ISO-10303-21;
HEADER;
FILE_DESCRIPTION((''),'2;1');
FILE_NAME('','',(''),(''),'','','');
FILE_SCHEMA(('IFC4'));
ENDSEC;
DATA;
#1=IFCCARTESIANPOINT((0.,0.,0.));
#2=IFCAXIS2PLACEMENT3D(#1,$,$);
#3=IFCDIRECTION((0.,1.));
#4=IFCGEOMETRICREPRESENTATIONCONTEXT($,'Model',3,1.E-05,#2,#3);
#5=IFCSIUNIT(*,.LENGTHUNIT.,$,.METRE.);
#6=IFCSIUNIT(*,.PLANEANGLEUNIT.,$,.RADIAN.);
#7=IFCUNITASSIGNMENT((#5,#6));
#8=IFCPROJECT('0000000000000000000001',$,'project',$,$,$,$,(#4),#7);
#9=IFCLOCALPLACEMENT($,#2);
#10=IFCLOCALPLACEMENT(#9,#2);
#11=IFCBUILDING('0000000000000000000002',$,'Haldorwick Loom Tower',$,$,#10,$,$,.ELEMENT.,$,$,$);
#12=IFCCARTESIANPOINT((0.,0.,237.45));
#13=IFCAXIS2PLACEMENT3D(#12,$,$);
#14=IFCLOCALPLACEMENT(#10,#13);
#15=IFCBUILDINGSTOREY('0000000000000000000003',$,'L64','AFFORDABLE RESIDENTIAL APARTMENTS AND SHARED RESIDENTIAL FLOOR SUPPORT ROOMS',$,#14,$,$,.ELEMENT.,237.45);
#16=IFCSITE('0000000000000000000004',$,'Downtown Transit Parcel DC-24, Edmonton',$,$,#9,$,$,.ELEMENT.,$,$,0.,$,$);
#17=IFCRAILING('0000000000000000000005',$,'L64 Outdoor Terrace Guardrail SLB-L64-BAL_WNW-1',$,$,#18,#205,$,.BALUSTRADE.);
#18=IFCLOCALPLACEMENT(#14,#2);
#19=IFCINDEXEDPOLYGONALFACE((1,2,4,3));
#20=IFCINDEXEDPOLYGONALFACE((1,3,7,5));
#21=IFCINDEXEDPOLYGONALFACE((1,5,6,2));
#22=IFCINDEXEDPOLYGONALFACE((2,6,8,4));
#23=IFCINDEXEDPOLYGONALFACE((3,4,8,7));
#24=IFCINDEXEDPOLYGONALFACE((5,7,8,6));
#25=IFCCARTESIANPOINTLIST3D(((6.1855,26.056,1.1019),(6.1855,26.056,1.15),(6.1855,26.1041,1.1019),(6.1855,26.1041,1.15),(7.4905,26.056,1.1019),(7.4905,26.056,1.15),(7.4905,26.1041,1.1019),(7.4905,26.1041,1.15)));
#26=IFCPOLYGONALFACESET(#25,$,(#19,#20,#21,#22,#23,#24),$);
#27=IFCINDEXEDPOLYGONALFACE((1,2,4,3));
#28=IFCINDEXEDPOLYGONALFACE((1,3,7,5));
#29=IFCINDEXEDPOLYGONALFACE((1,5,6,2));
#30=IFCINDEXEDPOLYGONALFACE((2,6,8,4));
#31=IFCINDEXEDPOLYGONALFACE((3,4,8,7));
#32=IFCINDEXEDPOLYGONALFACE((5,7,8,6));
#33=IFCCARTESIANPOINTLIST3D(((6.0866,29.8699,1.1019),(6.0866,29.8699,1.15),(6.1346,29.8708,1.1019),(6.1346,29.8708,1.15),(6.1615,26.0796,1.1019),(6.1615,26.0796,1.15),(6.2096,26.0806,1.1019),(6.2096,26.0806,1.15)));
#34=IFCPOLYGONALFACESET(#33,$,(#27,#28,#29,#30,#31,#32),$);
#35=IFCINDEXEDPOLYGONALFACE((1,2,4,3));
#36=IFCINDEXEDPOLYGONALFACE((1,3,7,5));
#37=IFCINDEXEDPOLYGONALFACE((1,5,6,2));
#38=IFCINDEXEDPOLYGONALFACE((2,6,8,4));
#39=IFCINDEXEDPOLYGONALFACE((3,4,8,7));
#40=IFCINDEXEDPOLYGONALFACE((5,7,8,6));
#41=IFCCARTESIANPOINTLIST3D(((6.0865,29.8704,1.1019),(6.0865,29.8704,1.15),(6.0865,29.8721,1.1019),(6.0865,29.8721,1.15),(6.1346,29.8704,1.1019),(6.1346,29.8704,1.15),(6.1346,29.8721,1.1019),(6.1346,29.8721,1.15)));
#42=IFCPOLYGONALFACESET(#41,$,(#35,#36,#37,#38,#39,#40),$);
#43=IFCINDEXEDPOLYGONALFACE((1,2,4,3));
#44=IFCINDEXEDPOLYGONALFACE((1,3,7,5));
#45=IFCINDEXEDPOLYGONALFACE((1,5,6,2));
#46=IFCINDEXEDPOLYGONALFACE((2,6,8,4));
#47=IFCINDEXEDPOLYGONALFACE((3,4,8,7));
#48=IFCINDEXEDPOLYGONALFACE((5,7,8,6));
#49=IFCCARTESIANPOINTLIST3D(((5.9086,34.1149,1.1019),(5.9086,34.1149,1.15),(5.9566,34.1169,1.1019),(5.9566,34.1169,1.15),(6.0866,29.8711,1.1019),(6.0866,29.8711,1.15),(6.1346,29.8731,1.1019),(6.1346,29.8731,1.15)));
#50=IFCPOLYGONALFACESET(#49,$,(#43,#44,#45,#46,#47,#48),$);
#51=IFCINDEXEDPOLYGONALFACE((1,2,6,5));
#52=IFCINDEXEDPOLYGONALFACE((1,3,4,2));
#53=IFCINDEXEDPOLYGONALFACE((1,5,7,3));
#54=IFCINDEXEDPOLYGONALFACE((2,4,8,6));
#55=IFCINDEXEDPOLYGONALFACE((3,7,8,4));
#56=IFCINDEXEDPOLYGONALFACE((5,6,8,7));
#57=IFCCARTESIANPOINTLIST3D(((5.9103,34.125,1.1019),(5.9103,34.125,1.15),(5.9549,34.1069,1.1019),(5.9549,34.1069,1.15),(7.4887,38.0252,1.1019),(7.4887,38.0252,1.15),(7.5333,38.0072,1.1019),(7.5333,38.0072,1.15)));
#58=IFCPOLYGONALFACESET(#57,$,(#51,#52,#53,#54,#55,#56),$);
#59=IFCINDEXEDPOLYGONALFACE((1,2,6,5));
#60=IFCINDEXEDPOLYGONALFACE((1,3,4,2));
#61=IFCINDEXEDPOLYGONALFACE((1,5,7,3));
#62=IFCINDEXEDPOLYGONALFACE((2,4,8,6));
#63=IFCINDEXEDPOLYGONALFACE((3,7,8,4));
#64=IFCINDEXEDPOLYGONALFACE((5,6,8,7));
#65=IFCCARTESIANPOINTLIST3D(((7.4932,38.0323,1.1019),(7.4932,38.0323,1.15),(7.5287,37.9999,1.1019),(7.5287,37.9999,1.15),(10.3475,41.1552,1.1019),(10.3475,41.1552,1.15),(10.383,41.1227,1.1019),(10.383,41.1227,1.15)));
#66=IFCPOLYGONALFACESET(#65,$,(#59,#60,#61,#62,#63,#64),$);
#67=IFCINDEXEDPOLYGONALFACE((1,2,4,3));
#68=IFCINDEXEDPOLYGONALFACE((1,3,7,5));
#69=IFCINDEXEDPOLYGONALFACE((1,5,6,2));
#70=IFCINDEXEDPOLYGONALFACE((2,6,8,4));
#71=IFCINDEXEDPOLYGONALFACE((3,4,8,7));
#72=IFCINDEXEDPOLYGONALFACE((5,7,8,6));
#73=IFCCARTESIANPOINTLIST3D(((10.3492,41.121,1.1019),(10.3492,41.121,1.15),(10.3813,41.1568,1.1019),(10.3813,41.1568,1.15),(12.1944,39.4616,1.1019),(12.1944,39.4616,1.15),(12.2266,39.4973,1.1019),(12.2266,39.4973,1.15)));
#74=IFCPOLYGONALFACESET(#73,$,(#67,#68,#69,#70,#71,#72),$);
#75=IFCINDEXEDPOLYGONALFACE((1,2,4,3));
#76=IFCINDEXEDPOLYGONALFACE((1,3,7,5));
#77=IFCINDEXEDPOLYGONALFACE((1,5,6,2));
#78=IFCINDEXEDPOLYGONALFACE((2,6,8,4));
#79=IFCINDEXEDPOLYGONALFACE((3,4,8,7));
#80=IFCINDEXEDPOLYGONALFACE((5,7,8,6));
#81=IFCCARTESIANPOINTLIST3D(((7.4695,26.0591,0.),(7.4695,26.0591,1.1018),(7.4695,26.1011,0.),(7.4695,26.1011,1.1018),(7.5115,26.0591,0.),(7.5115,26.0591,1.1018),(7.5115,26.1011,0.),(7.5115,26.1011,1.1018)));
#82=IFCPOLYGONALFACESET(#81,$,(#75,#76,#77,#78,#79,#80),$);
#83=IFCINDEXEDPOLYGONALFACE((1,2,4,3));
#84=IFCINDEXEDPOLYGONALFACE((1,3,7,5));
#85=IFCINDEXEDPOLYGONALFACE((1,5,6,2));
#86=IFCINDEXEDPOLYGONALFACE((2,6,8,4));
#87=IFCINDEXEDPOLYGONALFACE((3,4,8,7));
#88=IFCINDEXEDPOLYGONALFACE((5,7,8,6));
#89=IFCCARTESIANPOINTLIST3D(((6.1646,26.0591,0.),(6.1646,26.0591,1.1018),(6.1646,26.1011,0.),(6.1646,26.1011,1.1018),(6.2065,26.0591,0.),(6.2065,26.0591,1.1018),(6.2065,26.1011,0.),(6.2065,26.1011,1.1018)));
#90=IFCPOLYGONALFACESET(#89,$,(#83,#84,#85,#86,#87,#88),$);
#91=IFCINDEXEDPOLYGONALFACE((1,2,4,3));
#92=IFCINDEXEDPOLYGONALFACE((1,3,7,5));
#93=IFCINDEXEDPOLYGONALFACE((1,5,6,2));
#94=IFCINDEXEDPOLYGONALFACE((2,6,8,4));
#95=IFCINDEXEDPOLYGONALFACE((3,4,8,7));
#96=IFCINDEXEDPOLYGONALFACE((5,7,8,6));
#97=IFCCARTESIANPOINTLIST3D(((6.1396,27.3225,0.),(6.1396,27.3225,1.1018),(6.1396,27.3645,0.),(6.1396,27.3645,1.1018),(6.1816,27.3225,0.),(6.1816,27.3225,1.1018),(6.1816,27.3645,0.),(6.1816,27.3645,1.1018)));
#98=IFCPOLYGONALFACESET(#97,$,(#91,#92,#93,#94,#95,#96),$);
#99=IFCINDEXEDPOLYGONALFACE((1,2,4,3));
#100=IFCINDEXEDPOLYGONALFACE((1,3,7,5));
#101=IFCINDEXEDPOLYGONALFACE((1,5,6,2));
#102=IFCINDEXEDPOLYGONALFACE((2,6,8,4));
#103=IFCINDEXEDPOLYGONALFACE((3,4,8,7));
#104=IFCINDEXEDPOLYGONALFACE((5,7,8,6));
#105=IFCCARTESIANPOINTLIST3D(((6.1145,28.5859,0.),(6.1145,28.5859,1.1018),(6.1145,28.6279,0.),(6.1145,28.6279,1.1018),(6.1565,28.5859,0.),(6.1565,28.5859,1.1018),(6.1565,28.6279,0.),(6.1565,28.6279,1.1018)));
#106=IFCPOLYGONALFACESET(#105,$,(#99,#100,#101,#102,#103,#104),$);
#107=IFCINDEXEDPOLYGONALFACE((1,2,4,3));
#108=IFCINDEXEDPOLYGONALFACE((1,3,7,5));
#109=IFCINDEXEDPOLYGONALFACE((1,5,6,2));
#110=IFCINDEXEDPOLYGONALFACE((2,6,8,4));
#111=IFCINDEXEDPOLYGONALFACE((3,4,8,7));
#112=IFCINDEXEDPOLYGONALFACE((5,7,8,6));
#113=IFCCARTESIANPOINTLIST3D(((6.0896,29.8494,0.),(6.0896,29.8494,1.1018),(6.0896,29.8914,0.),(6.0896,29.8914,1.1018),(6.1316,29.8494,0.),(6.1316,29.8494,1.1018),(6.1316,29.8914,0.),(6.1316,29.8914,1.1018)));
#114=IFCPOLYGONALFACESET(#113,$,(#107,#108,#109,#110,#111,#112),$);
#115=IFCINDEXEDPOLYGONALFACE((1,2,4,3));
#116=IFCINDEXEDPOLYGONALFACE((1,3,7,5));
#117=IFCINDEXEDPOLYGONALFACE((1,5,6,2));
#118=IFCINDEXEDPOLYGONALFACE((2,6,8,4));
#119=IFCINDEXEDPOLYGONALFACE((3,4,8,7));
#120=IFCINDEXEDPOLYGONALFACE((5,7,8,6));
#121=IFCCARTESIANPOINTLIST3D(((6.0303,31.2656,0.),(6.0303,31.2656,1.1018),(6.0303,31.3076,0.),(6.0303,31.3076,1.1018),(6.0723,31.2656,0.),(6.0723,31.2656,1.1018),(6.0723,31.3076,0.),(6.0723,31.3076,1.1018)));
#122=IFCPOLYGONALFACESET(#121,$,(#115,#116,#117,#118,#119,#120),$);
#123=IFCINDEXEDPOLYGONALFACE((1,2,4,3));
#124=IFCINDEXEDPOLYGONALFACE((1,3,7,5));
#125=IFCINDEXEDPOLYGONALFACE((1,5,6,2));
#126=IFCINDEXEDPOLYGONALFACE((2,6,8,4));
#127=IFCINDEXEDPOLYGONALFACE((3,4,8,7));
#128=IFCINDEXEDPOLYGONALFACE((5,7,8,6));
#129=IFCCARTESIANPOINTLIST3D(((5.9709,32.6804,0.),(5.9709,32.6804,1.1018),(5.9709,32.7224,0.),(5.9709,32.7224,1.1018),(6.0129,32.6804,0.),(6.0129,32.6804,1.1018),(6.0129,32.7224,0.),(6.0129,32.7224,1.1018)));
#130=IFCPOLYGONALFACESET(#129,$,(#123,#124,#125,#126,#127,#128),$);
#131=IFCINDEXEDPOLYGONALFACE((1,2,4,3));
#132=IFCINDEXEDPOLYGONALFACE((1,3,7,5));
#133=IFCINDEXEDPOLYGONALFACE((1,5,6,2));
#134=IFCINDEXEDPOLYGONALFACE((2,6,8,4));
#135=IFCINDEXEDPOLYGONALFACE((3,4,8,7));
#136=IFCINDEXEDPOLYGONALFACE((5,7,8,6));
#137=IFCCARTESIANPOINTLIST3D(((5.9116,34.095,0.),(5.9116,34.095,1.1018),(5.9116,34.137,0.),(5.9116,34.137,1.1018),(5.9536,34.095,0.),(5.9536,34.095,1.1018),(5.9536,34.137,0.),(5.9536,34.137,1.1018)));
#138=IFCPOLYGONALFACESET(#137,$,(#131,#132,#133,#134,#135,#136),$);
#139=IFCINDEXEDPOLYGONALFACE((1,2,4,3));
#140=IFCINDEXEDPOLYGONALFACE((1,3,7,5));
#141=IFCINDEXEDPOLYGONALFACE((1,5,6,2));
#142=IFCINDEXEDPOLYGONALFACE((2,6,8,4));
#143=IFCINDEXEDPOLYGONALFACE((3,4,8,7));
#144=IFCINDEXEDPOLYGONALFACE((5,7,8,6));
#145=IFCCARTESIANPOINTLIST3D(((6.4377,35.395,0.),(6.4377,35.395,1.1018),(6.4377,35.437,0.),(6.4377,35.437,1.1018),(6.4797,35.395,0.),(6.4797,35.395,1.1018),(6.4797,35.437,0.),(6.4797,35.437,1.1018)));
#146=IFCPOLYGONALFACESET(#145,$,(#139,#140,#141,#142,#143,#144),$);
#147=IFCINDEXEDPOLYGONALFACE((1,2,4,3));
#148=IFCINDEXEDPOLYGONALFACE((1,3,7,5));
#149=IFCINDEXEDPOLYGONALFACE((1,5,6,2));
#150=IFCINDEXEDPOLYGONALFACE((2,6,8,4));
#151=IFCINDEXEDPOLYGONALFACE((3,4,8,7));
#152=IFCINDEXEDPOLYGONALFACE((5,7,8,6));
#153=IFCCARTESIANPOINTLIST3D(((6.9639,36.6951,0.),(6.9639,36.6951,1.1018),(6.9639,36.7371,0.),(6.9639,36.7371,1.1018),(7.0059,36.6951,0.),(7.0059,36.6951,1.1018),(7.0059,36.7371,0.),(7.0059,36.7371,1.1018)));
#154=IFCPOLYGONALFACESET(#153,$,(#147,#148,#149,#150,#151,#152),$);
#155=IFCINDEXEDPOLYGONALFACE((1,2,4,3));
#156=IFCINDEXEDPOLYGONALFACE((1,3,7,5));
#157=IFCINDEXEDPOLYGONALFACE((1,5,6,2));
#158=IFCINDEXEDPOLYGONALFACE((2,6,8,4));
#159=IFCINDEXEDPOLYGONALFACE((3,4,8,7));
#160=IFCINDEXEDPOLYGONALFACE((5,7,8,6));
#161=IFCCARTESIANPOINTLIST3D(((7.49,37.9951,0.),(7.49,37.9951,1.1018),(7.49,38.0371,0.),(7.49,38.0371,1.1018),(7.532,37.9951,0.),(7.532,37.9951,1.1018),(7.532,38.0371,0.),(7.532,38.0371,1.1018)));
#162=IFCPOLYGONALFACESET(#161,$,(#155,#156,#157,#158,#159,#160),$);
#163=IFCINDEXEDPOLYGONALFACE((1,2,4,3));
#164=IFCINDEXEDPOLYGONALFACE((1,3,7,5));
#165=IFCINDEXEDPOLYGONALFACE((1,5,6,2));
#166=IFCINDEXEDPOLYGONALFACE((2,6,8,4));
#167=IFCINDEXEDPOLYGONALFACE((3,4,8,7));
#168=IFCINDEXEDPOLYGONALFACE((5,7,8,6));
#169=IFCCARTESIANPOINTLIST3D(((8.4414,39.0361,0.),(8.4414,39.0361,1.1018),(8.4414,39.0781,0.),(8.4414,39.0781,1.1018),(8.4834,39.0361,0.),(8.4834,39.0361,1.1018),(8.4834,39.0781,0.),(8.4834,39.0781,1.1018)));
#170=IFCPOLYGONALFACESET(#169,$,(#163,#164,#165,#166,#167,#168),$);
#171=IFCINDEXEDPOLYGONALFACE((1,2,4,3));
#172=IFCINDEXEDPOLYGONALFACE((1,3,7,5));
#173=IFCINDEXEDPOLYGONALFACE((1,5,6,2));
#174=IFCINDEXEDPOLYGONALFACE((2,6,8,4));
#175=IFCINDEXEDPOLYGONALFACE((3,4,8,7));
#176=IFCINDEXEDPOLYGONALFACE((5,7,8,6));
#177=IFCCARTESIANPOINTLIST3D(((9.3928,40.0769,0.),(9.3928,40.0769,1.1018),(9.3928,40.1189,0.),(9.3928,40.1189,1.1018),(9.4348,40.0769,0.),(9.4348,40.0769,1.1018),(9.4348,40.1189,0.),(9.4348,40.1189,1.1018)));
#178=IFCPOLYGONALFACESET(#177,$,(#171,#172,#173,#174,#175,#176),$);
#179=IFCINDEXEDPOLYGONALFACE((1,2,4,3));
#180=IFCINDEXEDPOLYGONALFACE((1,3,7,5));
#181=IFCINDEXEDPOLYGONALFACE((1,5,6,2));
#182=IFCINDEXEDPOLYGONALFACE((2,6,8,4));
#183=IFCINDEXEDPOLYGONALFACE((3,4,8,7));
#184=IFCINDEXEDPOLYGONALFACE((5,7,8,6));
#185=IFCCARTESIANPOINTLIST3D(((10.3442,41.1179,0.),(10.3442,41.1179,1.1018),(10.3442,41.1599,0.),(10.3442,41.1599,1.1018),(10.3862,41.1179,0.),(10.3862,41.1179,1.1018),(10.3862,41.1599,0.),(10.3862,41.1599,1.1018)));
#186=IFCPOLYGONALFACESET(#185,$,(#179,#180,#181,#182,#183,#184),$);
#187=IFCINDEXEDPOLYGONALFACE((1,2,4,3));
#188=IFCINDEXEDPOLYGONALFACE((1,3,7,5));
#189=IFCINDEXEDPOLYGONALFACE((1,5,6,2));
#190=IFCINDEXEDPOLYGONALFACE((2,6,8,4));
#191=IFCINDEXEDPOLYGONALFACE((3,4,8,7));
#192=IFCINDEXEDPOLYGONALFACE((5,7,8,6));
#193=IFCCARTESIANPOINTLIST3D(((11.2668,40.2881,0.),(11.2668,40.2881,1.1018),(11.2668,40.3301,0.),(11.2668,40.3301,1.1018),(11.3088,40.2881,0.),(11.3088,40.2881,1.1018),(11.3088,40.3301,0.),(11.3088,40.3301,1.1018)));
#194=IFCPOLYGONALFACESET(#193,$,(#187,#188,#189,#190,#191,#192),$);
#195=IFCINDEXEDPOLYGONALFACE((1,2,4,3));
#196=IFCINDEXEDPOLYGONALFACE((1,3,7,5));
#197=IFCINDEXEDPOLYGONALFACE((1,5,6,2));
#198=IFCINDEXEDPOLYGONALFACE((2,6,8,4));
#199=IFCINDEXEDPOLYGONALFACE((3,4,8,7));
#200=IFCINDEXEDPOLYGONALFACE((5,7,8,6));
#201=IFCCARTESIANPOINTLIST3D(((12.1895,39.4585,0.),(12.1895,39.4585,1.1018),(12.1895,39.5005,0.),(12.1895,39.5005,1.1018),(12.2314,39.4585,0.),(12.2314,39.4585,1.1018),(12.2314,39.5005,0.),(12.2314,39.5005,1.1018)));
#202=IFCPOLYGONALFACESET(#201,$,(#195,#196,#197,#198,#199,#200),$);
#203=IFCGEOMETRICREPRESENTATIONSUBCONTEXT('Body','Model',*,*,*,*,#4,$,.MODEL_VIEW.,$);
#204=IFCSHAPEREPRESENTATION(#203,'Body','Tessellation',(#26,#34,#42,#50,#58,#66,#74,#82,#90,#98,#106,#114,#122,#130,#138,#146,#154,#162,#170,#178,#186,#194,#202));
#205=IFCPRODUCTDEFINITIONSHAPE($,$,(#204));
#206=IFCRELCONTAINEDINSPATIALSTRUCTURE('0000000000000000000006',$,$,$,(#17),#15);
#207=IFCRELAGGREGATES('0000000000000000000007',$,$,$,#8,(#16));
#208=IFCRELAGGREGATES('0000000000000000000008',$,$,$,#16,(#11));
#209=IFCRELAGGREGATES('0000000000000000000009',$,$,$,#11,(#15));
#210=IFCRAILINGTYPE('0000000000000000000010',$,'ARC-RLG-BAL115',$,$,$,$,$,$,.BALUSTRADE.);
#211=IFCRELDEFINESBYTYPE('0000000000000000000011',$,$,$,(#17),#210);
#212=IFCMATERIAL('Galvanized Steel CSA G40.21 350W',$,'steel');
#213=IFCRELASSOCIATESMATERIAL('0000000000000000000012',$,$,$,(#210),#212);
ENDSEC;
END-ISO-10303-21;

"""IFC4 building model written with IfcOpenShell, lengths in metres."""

from ifc_helpers import new_model, si_unit, direction, frame, origin, origin_2d, place, context, subcontext, project, spatial, rectangle, extrude, material, type_object, element, save


model = new_model("IFC4")

# Units and contexts
model_context = context("Model", 3, precision=1e-05, world=origin(), true_north=direction((0.0, 1.0)))
body_context = subcontext(model_context, "Body", "Model", "MODEL_VIEW")
ifc_project = project(units=[si_unit("LENGTHUNIT", "METRE"), si_unit("PLANEANGLEUNIT", "RADIAN")], contexts=[model_context])

# Site, building, storey
site_placement = place(None, origin())
site = spatial("IfcSite", under=ifc_project, at=site_placement, Name="Downtown Transit Parcel DC-24, Edmonton", CompositionType="ELEMENT", RefElevation=0.0)
building_placement = place(site_placement, origin())
building = spatial("IfcBuilding", under=site, at=building_placement, Name="Haldorwick Loom Tower", CompositionType="ELEMENT")
storey_placement = place(building_placement, frame((0.0, 0.0, 237.45)))
storey = spatial("IfcBuildingStorey", under=building, at=storey_placement, Name="L64", Description="AFFORDABLE RESIDENTIAL APARTMENTS AND SHARED RESIDENTIAL FLOOR SUPPORT ROOMS", CompositionType="ELEMENT", Elevation=237.45)

# Railing
ifc_material_1 = material(Name="Galvanized Steel CSA G40.21 350W", Category="steel")
railing_type = type_object("IfcRailingType", Name="ARC-RLG-BAL115", PredefinedType="BALUSTRADE", material=ifc_material_1)
railing_placement = place(storey_placement, frame((7.4905, 26.0801, 0.0)))
element("IfcRailing", 1, at=railing_placement, inside=storey, type_object=railing_type, Name="L64 Outdoor Terrace Guardrail SLB-L64-BAL_WNW-1", PredefinedType="BALUSTRADE", context=body_context, shape_type="SweptSolid", body=[
    extrude(rectangle(XDim=0.0481, YDim=0.0481, at=origin_2d()), frame((0.0, 0.0, 1.126), z_axis=(-1.0, 0.0, 0.0), x_axis=(0.0, -1.0, 0.0)), (0.0, 0.0, 1.0), 1.3049),
    extrude(rectangle(XDim=0.0481, YDim=0.0481, at=origin_2d()), frame((-1.3049, 0.0, 1.126), z_axis=(-0.019771, 0.999805, 0.0), x_axis=(-0.999805, -0.019771, 0.0)), (0.0, 0.0, 1.0), 3.791),
    extrude(rectangle(XDim=0.0481, YDim=0.0481, at=origin_2d()), frame((-1.3799, 3.7903, 1.126), z_axis=(0.0, 1.0, 0.0), x_axis=(-1.0, 0.0, 0.0)), (0.0, 0.0, 1.0), 0.0017),
    extrude(rectangle(XDim=0.0481, YDim=0.0481, at=origin_2d()), frame((-1.3799, 3.792, 1.126), z_axis=(-0.041901, 0.999122, 0.0), x_axis=(-0.999122, -0.041901, 0.0)), (0.0, 0.0, 1.0), 4.2476),
    extrude(rectangle(XDim=0.0481, YDim=0.0481, at=origin_2d()), frame((-1.5579, 8.0359, 1.126), z_axis=(0.375139, 0.926968, 0.0), x_axis=(-0.926968, 0.375139, 0.0)), (0.0, 0.0, 1.0), 4.2075),
    extrude(rectangle(XDim=0.0481, YDim=0.0481, at=origin_2d()), frame((0.0205, 11.936, 1.126), z_axis=(0.674655, 0.738133, 0.0), x_axis=(-0.738133, 0.674655, 0.0)), (0.0, 0.0, 1.0), 4.2307),
    extrude(rectangle(XDim=0.0481, YDim=0.0481, at=origin_2d()), frame((2.8748, 15.0588, 1.126), z_axis=(0.743548, -0.668682, 0.0), x_axis=(0.668682, 0.743548, 0.0)), (0.0, 0.0, 1.0), 2.4817),
    extrude(rectangle(XDim=0.042, YDim=0.042, at=origin_2d()), origin(), (0.0, 0.0, 1.0), 1.1018),
    extrude(rectangle(XDim=0.042, YDim=0.042, at=origin_2d()), frame((-1.3049, 0.0, 0.0)), (0.0, 0.0, 1.0), 1.1018),
    extrude(rectangle(XDim=0.042, YDim=0.042, at=origin_2d()), frame((-1.3298, 1.2634, 0.0)), (0.0, 0.0, 1.0), 1.1018),
    extrude(rectangle(XDim=0.042, YDim=0.042, at=origin_2d()), frame((-1.355, 2.5269, 0.0)), (0.0, 0.0, 1.0), 1.1018),
    extrude(rectangle(XDim=0.042, YDim=0.042, at=origin_2d()), frame((-1.3799, 3.7903, 0.0)), (0.0, 0.0, 1.0), 1.1018),
    extrude(rectangle(XDim=0.042, YDim=0.042, at=origin_2d()), frame((-1.4392, 5.2065, 0.0)), (0.0, 0.0, 1.0), 1.1018),
    extrude(rectangle(XDim=0.042, YDim=0.042, at=origin_2d()), frame((-1.4985, 6.6213, 0.0)), (0.0, 0.0, 1.0), 1.1018),
    extrude(rectangle(XDim=0.042, YDim=0.042, at=origin_2d()), frame((-1.5579, 8.0359, 0.0)), (0.0, 0.0, 1.0), 1.1018),
    extrude(rectangle(XDim=0.042, YDim=0.042, at=origin_2d()), frame((-1.0317, 9.3359, 0.0)), (0.0, 0.0, 1.0), 1.1018),
    extrude(rectangle(XDim=0.042, YDim=0.042, at=origin_2d()), frame((-0.5056, 10.636, 0.0)), (0.0, 0.0, 1.0), 1.1018),
    extrude(rectangle(XDim=0.042, YDim=0.042, at=origin_2d()), frame((0.0205, 11.936, 0.0)), (0.0, 0.0, 1.0), 1.1018),
    extrude(rectangle(XDim=0.042, YDim=0.042, at=origin_2d()), frame((0.9719, 12.9771, 0.0)), (0.0, 0.0, 1.0), 1.1018),
    extrude(rectangle(XDim=0.042, YDim=0.042, at=origin_2d()), frame((1.9233, 14.0178, 0.0)), (0.0, 0.0, 1.0), 1.1018),
    extrude(rectangle(XDim=0.042, YDim=0.042, at=origin_2d()), frame((2.8748, 15.0588, 0.0)), (0.0, 0.0, 1.0), 1.1018),
    extrude(rectangle(XDim=0.042, YDim=0.042, at=origin_2d()), frame((3.7974, 14.229, 0.0)), (0.0, 0.0, 1.0), 1.1018),
    extrude(rectangle(XDim=0.042, YDim=0.042, at=origin_2d()), frame((4.72, 13.3994, 0.0)), (0.0, 0.0, 1.0), 1.1018),
])

save(model, "model.ifc")
